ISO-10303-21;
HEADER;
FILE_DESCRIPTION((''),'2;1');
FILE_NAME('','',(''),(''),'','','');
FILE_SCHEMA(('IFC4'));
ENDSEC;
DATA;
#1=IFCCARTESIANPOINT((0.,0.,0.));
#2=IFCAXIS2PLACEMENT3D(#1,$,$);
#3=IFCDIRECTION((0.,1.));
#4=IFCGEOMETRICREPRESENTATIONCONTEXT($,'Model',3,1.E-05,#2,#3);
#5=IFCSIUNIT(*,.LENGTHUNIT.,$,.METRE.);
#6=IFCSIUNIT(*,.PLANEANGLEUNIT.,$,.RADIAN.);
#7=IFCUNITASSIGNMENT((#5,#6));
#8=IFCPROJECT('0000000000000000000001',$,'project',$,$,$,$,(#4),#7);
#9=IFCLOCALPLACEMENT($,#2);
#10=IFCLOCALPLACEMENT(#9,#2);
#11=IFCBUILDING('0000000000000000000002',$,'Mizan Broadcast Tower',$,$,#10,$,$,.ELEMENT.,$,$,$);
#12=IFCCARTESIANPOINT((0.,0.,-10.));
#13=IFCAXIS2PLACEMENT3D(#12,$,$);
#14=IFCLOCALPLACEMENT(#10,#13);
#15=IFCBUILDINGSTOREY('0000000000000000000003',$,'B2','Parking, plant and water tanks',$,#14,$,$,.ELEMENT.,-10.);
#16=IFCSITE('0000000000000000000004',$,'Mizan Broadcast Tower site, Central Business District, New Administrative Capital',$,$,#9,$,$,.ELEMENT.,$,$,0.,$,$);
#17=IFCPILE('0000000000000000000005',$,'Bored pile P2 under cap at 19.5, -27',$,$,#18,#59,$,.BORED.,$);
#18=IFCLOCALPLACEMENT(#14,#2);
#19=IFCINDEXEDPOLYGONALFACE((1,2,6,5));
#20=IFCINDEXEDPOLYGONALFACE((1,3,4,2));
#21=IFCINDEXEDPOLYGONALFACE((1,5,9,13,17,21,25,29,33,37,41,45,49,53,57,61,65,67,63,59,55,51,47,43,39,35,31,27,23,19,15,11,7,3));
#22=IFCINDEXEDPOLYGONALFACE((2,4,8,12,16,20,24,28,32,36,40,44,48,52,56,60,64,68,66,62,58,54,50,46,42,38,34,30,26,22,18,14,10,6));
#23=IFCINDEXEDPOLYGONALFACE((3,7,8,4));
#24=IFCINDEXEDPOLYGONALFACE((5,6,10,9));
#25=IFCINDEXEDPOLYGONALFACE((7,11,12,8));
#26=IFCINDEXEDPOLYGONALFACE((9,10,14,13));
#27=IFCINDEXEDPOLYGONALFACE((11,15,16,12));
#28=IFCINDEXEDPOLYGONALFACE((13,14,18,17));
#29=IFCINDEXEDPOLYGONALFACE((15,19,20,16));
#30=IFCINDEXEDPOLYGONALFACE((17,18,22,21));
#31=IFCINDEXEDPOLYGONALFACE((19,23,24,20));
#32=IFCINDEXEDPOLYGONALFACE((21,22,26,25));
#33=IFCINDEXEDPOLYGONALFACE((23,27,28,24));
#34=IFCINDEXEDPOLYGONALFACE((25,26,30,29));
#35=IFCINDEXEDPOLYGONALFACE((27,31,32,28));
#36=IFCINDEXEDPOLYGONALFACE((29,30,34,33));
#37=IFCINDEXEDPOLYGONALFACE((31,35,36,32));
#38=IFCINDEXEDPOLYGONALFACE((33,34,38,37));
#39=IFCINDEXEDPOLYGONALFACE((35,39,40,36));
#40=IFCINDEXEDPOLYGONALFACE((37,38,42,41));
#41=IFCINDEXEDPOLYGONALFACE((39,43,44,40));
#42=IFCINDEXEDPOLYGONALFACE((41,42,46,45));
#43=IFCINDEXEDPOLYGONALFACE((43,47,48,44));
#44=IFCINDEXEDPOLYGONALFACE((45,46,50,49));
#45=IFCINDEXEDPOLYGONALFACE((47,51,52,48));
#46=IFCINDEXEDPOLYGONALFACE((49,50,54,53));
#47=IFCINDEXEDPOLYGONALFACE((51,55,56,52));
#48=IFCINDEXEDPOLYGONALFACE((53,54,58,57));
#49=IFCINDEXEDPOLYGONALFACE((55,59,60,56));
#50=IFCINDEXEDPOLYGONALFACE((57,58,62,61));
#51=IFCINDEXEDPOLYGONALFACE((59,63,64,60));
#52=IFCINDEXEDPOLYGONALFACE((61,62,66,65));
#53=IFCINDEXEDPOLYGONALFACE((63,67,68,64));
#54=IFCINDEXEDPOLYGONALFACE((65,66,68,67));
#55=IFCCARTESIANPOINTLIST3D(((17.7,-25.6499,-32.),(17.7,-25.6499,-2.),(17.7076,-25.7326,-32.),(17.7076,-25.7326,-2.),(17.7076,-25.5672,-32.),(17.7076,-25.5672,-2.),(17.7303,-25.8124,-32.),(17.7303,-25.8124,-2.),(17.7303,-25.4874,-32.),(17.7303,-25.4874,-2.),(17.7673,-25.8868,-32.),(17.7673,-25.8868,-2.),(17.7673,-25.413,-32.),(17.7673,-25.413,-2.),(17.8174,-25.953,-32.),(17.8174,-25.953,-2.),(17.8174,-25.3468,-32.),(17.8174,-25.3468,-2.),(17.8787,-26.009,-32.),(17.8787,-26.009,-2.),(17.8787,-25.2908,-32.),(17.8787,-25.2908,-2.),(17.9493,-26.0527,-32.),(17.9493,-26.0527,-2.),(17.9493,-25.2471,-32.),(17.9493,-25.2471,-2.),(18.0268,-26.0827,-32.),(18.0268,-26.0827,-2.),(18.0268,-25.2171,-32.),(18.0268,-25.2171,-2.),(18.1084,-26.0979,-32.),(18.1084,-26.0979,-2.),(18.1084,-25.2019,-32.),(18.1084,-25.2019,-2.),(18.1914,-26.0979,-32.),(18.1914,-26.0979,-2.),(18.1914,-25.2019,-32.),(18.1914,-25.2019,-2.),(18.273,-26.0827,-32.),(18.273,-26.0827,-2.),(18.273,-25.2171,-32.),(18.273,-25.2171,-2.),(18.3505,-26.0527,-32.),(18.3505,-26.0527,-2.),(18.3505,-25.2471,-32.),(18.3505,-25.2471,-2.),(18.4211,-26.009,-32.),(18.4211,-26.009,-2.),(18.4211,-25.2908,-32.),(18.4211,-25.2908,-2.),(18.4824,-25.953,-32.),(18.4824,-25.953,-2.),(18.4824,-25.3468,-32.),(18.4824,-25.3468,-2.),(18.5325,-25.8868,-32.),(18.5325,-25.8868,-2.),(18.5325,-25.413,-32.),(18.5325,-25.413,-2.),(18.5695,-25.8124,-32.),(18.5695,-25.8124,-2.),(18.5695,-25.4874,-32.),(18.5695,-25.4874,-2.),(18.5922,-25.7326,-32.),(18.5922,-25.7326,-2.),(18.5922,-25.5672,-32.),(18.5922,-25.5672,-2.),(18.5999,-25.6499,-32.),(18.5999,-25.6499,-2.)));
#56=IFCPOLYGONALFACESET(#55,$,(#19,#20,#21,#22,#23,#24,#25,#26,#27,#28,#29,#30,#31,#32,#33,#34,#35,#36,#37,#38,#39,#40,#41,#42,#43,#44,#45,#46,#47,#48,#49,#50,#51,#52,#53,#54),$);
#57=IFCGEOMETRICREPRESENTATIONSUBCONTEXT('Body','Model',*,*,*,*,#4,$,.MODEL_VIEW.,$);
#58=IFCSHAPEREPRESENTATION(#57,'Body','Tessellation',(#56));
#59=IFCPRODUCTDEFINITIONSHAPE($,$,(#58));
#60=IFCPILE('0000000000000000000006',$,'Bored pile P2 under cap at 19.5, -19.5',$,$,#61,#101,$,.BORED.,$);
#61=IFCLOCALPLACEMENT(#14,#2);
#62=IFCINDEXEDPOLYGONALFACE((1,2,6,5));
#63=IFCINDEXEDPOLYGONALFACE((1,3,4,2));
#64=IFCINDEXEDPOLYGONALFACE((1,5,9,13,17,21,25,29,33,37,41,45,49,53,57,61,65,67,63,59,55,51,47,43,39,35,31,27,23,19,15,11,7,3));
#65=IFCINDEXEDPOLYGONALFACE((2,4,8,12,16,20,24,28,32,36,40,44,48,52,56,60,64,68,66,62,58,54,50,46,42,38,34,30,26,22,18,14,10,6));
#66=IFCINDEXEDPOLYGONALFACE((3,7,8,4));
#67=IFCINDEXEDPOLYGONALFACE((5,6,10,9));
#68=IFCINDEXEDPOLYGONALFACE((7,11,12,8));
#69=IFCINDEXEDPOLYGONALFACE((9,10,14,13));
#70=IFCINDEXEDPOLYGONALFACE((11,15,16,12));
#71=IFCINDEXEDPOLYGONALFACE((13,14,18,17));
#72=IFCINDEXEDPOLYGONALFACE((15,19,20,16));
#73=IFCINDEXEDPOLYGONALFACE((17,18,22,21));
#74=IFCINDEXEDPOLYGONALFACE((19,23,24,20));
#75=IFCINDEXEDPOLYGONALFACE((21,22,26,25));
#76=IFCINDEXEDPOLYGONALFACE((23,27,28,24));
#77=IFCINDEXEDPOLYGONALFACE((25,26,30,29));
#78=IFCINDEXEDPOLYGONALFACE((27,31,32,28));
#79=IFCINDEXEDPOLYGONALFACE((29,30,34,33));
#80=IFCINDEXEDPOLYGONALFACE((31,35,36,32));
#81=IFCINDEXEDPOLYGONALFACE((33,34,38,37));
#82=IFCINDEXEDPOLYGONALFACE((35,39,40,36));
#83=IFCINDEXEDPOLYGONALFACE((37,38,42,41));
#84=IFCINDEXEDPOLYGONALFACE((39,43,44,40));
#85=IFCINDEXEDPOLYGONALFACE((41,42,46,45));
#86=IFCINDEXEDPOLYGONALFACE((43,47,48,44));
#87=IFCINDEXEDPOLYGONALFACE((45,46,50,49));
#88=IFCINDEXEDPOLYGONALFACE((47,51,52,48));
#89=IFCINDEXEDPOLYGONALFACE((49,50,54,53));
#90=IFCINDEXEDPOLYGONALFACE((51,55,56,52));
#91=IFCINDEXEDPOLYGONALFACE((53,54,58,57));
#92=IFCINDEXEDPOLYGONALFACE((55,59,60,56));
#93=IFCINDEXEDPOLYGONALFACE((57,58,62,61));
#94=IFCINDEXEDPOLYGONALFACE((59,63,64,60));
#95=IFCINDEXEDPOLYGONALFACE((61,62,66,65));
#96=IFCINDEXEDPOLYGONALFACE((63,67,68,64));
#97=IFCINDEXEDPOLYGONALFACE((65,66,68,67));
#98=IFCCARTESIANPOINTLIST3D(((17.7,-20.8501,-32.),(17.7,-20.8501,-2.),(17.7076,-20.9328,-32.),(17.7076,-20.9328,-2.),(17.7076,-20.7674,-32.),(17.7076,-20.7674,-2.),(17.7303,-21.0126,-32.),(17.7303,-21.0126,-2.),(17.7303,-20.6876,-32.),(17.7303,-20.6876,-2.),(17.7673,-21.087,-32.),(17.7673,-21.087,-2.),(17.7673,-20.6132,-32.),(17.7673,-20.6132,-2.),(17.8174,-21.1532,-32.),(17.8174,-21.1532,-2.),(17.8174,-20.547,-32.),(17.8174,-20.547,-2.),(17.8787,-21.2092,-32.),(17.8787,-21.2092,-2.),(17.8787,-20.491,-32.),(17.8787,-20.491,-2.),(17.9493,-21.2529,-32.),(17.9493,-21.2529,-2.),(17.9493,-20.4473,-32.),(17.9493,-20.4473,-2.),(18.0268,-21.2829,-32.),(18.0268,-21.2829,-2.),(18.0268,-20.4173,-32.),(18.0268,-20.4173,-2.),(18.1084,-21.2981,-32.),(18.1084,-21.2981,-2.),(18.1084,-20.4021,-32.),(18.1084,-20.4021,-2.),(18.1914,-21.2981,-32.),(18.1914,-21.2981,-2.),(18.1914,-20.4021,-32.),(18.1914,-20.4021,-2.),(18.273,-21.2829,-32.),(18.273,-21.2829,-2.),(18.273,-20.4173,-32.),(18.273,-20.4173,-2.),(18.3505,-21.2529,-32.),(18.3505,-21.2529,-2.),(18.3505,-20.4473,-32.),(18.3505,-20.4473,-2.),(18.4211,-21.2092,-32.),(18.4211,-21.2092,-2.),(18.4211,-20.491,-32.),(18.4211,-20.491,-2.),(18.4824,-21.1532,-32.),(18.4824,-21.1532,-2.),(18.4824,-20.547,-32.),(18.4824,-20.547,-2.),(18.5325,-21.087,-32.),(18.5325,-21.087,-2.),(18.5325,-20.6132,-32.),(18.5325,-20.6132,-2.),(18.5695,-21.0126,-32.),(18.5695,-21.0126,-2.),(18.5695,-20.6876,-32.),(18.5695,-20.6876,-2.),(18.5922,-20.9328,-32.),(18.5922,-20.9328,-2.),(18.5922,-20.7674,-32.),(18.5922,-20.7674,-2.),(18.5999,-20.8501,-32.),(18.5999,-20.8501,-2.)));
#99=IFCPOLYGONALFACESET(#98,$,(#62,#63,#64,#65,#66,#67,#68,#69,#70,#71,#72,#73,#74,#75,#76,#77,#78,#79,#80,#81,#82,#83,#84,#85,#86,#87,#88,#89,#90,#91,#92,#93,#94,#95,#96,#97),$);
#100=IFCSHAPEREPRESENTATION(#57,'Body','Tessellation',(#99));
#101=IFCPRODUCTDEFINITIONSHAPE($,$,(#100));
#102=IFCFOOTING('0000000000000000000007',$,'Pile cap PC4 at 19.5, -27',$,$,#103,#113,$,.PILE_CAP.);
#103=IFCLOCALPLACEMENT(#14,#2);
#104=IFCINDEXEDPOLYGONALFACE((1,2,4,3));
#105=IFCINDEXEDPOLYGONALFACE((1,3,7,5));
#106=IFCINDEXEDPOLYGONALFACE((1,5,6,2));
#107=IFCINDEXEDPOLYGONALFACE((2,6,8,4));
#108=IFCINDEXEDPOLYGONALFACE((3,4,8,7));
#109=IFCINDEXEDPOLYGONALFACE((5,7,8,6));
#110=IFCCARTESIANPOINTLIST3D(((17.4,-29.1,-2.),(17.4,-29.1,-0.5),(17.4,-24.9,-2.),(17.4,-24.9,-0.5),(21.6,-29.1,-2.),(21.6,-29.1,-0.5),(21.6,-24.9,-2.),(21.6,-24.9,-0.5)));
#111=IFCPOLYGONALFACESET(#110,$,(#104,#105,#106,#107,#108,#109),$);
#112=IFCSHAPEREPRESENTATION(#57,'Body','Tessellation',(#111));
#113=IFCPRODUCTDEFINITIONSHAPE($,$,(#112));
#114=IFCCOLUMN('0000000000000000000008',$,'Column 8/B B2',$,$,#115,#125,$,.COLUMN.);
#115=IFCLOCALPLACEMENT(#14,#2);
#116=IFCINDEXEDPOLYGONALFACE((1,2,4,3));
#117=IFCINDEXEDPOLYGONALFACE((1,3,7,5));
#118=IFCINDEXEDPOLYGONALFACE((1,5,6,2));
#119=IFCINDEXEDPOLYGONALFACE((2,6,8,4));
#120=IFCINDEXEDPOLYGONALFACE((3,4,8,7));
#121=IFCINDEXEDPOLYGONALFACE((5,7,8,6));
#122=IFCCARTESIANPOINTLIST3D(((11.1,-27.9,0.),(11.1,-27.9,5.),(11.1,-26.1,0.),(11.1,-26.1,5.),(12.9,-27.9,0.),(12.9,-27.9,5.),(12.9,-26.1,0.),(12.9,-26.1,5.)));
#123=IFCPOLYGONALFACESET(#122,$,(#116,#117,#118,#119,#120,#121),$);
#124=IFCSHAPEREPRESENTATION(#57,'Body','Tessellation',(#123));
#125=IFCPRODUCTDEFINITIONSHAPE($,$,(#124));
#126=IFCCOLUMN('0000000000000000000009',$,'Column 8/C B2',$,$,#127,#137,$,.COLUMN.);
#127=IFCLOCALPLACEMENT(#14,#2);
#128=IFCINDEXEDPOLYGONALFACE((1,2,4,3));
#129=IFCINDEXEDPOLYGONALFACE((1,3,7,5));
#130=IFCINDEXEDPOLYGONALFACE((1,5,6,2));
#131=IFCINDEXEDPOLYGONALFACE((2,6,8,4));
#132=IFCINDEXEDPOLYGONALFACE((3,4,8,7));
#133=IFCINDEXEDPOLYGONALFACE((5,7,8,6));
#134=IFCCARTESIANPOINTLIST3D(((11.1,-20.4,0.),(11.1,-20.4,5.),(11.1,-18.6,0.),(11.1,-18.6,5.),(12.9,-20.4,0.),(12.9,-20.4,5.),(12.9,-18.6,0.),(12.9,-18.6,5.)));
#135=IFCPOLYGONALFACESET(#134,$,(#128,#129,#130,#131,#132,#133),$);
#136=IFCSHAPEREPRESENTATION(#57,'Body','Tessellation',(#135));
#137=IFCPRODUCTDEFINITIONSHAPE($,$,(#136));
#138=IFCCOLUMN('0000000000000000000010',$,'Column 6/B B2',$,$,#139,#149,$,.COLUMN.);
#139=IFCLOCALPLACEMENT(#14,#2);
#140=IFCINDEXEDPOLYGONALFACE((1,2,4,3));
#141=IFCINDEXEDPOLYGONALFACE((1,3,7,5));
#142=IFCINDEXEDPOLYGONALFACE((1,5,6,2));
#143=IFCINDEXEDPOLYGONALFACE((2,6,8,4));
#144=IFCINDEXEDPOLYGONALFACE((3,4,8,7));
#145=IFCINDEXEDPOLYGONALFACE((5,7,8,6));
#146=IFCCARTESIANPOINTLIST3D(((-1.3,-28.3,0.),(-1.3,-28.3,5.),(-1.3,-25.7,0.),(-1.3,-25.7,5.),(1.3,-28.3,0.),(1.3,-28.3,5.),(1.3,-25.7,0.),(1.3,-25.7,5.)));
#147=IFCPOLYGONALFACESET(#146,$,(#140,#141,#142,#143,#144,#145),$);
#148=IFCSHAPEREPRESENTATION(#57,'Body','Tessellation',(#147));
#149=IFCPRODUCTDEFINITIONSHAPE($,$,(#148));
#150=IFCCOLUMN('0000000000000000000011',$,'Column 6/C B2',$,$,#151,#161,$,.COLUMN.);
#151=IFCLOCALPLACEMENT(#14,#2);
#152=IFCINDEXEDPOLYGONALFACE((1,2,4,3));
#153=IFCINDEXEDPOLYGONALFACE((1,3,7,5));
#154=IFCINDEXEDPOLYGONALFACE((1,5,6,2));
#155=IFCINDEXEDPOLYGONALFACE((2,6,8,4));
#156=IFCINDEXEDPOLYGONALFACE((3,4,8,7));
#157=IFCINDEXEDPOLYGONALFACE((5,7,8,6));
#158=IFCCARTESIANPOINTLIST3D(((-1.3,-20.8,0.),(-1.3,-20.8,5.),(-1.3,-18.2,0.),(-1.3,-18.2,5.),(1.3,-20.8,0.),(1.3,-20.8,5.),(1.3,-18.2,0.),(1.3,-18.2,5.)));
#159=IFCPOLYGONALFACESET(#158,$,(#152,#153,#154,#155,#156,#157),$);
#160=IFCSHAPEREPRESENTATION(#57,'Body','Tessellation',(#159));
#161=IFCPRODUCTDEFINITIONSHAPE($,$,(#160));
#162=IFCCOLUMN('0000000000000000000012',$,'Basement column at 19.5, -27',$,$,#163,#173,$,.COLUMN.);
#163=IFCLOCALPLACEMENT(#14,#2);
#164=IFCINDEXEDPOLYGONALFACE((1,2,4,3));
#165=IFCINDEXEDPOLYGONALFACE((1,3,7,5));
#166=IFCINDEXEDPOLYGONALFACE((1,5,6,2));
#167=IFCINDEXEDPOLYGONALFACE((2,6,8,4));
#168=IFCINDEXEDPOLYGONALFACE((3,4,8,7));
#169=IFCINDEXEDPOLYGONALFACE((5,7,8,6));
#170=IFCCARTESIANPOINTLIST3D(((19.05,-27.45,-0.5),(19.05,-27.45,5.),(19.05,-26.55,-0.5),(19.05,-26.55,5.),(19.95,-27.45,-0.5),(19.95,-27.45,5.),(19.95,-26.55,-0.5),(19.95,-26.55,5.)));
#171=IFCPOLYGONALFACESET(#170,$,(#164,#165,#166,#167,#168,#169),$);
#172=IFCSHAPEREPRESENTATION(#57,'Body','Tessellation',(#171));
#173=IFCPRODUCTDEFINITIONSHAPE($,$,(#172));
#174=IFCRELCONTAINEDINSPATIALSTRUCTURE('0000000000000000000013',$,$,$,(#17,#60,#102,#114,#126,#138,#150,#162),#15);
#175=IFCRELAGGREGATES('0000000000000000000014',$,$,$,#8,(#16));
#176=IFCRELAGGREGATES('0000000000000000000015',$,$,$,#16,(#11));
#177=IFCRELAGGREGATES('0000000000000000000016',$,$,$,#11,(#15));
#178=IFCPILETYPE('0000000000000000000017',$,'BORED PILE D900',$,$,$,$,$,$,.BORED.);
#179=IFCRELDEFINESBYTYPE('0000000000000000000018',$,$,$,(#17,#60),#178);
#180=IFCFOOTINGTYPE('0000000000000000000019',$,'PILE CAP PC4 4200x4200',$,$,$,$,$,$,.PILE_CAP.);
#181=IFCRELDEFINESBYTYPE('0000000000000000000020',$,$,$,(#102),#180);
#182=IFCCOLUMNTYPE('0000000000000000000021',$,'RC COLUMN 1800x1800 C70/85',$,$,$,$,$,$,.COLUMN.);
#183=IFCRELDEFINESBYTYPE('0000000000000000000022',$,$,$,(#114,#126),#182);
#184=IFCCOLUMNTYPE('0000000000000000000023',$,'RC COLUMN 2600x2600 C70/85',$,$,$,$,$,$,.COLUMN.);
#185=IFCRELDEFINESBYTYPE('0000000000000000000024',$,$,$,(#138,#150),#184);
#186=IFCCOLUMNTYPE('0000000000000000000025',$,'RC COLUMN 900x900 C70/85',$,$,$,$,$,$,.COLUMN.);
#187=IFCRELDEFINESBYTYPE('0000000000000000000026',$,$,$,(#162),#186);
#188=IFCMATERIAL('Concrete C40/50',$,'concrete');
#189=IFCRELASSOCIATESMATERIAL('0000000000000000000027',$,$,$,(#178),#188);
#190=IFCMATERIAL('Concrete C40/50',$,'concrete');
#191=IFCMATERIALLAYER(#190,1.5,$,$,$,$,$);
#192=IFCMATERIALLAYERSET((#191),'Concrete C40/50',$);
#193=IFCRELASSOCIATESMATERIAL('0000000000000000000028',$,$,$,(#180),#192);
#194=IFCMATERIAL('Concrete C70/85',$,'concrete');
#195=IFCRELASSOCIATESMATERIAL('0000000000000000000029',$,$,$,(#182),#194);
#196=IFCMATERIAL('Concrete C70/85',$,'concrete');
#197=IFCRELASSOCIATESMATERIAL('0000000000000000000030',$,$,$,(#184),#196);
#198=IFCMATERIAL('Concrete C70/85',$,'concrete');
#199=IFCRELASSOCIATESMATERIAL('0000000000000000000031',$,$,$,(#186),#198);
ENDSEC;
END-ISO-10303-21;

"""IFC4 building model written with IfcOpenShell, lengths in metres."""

from ifc_helpers import new_model, si_unit, direction, frame, origin, origin_2d, place, context, subcontext, project, spatial, rectangle, circle, extrude, material, layer, layer_set, material_profile, profile_set, type_object, element, save


model = new_model("IFC4")

# Units and contexts
model_context = context("Model", 3, precision=1e-05, world=origin(), true_north=direction((0.0, 1.0)))
body_context = subcontext(model_context, "Body", "Model", "MODEL_VIEW")
ifc_project = project(units=[si_unit("LENGTHUNIT", "METRE"), si_unit("PLANEANGLEUNIT", "RADIAN")], contexts=[model_context])

# Site, building, storey
site_placement = place(None, origin())
site = spatial("IfcSite", under=ifc_project, at=site_placement, Name="Mizan Broadcast Tower site, Central Business District, New Administrative Capital", CompositionType="ELEMENT", RefElevation=0.0)
building_placement = place(site_placement, origin())
building = spatial("IfcBuilding", under=site, at=building_placement, Name="Mizan Broadcast Tower", CompositionType="ELEMENT")
storey_placement = place(building_placement, frame((0.0, 0.0, -10.0)))
storey = spatial("IfcBuildingStorey", under=building, at=storey_placement, Name="B2", Description="Parking, plant and water tanks", CompositionType="ELEMENT", Elevation=-10.0)

# Piles
ifc_material_1 = material(Name="Concrete C40/50", Category="concrete")
ifc_material_profile_1 = material_profile(ifc_material_1, circle(Radius=0.45, at=origin_2d()), Name="D900")
ifc_profile_set_1 = profile_set([ifc_material_profile_1], Name="Concrete C40/50")
pile_type_1 = type_object("IfcPileType", Name="BORED PILE D900", PredefinedType="BORED", material=ifc_profile_set_1)
for number, where, z_axis, x_axis, name in (
    (1, (18.1499, -25.6499, -2.0), (0.0, 0.0, -1.0), (1.0, 0.0, 0.0), "Bored pile P2 under cap at 19.5, -27"),
    (2, (18.1499, -20.8501, -2.0), (0.0, 0.0, -1.0), (1.0, 0.0, 0.0), "Bored pile P2 under cap at 19.5, -19.5"),
):
    element("IfcPile", number, at=place(storey_placement, frame(where, z_axis=z_axis, x_axis=x_axis)), inside=storey, type_object=pile_type_1, Name=name, PredefinedType="BORED", context=body_context, shape_type="SweptSolid", body=[
        extrude(circle(Radius=0.45, at=origin_2d()), origin(), (0.0, 0.0, 1.0), 30.0),
    ])

# Footing
ifc_material_2 = material(Name="Concrete C40/50", Category="concrete")
ifc_layer = layer(ifc_material_2, 1.5)
ifc_layer_set = layer_set([ifc_layer], Name="Concrete C40/50")
footing_type = type_object("IfcFootingType", Name="PILE CAP PC4 4200x4200", PredefinedType="PILE_CAP", material=ifc_layer_set)
footing_placement = place(storey_placement, frame((19.5, -27.0, -2.0), z_axis=(0.0, 0.0, 1.0), x_axis=(1.0, 0.0, 0.0)))
element("IfcFooting", 3, at=footing_placement, inside=storey, type_object=footing_type, Name="Pile cap PC4 at 19.5, -27", PredefinedType="PILE_CAP", context=body_context, shape_type="SweptSolid", body=[
    extrude(rectangle(XDim=4.2, YDim=4.2, at=origin_2d()), origin(), (0.0, 0.0, 1.0), 1.5),
])

# Columns
ifc_material_3 = material(Name="Concrete C70/85", Category="concrete")
ifc_material_profile_2 = material_profile(ifc_material_3, rectangle(XDim=1.8, YDim=1.8, at=origin_2d()), Name="RC 1800x1800")
ifc_profile_set_2 = profile_set([ifc_material_profile_2], Name="Concrete C70/85")
column_type_1 = type_object("IfcColumnType", Name="RC COLUMN 1800x1800 C70/85", PredefinedType="COLUMN", material=ifc_profile_set_2)
for number, where, z_axis, x_axis, name in (
    (4, (12.0, -27.0, 0.0), (0.0, 0.0, 1.0), (1.0, 0.0, 0.0), "Column 8/B B2"),
    (5, (12.0, -19.5, 0.0), (0.0, 0.0, 1.0), (1.0, 0.0, 0.0), "Column 8/C B2"),
):
    element("IfcColumn", number, at=place(storey_placement, frame(where, z_axis=z_axis, x_axis=x_axis)), inside=storey, type_object=column_type_1, Name=name, PredefinedType="COLUMN", context=body_context, shape_type="SweptSolid", body=[
        extrude(rectangle(XDim=1.8, YDim=1.8, at=origin_2d()), origin(), (0.0, 0.0, 1.0), 5.0),
    ])
ifc_material_4 = material(Name="Concrete C70/85", Category="concrete")
ifc_material_profile_3 = material_profile(ifc_material_4, rectangle(XDim=2.6001, YDim=2.6001, at=origin_2d()), Name="RC 2600x2600")
ifc_profile_set_3 = profile_set([ifc_material_profile_3], Name="Concrete C70/85")
column_type_2 = type_object("IfcColumnType", Name="RC COLUMN 2600x2600 C70/85", PredefinedType="COLUMN", material=ifc_profile_set_3)
for number, where, z_axis, x_axis, name in (
    (6, (0.0, -27.0, 0.0), (0.0, 0.0, 1.0), (1.0, 0.0, 0.0), "Column 6/B B2"),
    (7, (0.0, -19.5, 0.0), (0.0, 0.0, 1.0), (1.0, 0.0, 0.0), "Column 6/C B2"),
):
    element("IfcColumn", number, at=place(storey_placement, frame(where, z_axis=z_axis, x_axis=x_axis)), inside=storey, type_object=column_type_2, Name=name, PredefinedType="COLUMN", context=body_context, shape_type="SweptSolid", body=[
        extrude(rectangle(XDim=2.6001, YDim=2.6001, at=origin_2d()), origin(), (0.0, 0.0, 1.0), 5.0),
    ])
ifc_material_5 = material(Name="Concrete C70/85", Category="concrete")
ifc_material_profile_4 = material_profile(ifc_material_5, rectangle(XDim=0.8999, YDim=0.8999, at=origin_2d()), Name="RC 900x900")
ifc_profile_set_4 = profile_set([ifc_material_profile_4], Name="Concrete C70/85")
column_type_3 = type_object("IfcColumnType", Name="RC COLUMN 900x900 C70/85", PredefinedType="COLUMN", material=ifc_profile_set_4)
column_placement = place(storey_placement, frame((19.5, -27.0, -0.5), z_axis=(0.0, 0.0, 1.0), x_axis=(1.0, 0.0, 0.0)))
element("IfcColumn", 8, at=column_placement, inside=storey, type_object=column_type_3, Name="Basement column at 19.5, -27", PredefinedType="COLUMN", context=body_context, shape_type="SweptSolid", body=[
    extrude(rectangle(XDim=0.8999, YDim=0.8999, at=origin_2d()), origin(), (0.0, 0.0, 1.0), 5.5),
])

save(model, "model.ifc")
